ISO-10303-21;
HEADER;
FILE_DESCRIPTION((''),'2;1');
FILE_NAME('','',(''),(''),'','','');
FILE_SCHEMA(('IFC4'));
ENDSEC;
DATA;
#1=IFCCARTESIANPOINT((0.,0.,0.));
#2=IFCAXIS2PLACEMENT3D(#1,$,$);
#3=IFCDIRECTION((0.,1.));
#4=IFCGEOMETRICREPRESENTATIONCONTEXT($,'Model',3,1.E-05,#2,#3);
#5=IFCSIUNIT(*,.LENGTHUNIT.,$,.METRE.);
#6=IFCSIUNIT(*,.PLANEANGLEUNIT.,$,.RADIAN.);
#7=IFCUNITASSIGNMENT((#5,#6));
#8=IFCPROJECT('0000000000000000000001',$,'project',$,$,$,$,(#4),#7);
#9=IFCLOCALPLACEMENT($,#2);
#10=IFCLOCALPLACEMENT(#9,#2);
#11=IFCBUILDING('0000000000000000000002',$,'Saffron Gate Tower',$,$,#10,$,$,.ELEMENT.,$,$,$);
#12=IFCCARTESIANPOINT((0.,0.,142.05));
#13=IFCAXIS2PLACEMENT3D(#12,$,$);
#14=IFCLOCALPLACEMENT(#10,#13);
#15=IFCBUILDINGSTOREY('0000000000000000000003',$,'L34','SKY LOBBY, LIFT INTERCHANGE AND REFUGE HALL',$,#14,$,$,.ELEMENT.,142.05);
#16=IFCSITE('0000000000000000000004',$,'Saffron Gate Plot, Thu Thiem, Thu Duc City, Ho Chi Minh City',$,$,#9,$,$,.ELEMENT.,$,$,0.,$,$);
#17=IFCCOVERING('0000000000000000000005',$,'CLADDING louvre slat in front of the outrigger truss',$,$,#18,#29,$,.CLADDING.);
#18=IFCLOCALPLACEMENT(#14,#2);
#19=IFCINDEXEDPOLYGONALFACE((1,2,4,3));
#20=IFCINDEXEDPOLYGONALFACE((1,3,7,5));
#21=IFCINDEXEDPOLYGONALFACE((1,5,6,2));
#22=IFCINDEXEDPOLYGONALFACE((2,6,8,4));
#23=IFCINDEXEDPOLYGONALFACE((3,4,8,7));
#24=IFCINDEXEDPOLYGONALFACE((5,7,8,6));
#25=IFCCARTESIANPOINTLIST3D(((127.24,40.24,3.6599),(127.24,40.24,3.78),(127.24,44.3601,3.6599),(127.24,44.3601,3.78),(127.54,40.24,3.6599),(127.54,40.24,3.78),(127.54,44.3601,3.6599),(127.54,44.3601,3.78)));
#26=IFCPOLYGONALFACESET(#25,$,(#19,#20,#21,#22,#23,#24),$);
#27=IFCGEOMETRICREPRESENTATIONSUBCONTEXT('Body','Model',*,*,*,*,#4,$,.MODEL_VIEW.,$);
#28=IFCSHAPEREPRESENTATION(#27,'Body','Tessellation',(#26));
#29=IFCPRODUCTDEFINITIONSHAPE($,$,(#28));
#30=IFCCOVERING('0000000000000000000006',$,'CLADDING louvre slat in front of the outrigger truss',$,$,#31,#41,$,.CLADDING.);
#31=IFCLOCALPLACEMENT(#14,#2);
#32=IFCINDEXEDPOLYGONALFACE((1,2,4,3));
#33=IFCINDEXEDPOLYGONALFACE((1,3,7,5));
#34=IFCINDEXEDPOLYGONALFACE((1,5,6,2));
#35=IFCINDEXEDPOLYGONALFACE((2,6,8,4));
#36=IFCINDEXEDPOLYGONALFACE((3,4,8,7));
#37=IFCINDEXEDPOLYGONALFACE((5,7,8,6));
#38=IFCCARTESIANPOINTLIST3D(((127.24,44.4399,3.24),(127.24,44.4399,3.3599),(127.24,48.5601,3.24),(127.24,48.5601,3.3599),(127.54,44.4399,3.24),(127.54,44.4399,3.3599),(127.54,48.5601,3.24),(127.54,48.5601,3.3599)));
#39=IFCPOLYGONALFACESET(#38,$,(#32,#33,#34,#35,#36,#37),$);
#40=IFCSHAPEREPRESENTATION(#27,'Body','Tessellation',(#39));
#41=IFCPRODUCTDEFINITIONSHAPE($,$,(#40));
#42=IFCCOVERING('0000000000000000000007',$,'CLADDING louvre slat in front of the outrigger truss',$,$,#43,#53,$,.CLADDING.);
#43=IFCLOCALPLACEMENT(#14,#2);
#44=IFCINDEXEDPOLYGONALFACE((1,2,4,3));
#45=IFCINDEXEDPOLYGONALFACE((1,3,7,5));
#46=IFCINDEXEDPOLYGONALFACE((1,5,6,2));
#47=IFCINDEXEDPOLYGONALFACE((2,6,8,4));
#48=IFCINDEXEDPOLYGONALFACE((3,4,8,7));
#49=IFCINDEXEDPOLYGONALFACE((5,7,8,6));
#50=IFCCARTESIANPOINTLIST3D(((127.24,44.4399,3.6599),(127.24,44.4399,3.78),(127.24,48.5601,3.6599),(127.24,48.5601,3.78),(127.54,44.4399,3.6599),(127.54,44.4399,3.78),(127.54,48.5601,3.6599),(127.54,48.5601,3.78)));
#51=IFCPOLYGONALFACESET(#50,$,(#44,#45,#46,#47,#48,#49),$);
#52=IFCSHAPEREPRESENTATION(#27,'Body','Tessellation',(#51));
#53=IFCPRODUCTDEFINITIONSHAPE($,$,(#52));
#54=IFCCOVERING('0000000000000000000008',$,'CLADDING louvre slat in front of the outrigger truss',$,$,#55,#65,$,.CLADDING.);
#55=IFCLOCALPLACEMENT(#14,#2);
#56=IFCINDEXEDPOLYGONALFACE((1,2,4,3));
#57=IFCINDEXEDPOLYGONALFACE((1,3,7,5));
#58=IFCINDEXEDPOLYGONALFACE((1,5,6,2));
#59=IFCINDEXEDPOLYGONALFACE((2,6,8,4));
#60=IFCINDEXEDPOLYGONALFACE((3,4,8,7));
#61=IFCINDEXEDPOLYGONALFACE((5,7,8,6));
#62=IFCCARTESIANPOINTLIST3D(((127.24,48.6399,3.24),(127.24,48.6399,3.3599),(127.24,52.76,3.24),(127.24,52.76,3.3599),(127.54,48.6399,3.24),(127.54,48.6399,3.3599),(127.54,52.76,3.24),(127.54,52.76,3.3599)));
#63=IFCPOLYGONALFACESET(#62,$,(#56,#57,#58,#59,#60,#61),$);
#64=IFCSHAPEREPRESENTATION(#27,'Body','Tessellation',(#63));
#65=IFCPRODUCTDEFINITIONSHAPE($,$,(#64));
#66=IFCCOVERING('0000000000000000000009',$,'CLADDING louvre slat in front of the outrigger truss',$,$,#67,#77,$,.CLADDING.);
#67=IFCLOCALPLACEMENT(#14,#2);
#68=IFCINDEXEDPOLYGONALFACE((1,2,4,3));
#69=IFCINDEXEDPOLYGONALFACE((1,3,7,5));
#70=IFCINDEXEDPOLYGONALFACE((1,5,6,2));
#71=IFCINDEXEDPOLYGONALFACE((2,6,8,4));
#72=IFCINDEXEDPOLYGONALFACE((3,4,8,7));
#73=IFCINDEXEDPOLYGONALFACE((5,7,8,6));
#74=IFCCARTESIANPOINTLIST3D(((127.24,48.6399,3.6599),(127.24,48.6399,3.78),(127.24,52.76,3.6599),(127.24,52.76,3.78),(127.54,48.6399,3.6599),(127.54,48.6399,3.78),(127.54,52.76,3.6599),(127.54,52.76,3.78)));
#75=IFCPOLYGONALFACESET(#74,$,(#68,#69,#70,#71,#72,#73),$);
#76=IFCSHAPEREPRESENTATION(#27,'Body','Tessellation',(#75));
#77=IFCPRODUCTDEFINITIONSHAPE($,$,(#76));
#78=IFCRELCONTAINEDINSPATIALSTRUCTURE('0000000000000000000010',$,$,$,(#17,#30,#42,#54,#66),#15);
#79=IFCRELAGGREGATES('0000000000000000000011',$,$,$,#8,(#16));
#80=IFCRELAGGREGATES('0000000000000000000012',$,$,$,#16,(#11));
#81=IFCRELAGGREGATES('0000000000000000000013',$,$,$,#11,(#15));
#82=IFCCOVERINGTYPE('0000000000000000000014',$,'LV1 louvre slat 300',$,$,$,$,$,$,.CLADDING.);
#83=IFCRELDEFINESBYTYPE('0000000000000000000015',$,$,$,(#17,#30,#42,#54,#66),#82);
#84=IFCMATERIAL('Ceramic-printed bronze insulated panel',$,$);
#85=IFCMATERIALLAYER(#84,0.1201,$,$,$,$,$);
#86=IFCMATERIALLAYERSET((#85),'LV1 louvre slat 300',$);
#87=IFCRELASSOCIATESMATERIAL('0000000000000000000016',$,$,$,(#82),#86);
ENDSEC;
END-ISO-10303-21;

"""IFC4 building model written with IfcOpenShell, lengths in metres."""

from ifc_helpers import new_model, si_unit, direction, frame, origin, place, context, subcontext, project, spatial, polyline, outline, extrude, material, layer, layer_set, type_object, element, save


model = new_model("IFC4")

# Units and contexts
model_context = context("Model", 3, precision=1e-05, world=origin(), true_north=direction((0.0, 1.0)))
body_context = subcontext(model_context, "Body", "Model", "MODEL_VIEW")
ifc_project = project(units=[si_unit("LENGTHUNIT", "METRE"), si_unit("PLANEANGLEUNIT", "RADIAN")], contexts=[model_context])

# Site, building, storey
site_placement = place(None, origin())
site = spatial("IfcSite", under=ifc_project, at=site_placement, Name="Saffron Gate Plot, Thu Thiem, Thu Duc City, Ho Chi Minh City", CompositionType="ELEMENT", RefElevation=0.0)
building_placement = place(site_placement, origin())
building = spatial("IfcBuilding", under=site, at=building_placement, Name="Saffron Gate Tower", CompositionType="ELEMENT")
storey_placement = place(building_placement, frame((0.0, 0.0, 142.05)))
storey = spatial("IfcBuildingStorey", under=building, at=storey_placement, Name="L34", Description="SKY LOBBY, LIFT INTERCHANGE AND REFUGE HALL", CompositionType="ELEMENT", Elevation=142.05)

# Coverings
ifc_material = material(Name="Ceramic-printed bronze insulated panel")
ifc_layer = layer(ifc_material, 0.1201)
ifc_layer_set = layer_set([ifc_layer], Name="LV1 louvre slat 300")
covering_type = type_object("IfcCoveringType", Name="LV1 louvre slat 300", PredefinedType="CLADDING", material=ifc_layer_set)
covering_1_placement = place(storey_placement, frame((0.0, 0.0, 3.6599)))
element("IfcCovering", 1, at=covering_1_placement, inside=storey, type_object=covering_type, Name="CLADDING louvre slat in front of the outrigger truss", PredefinedType="CLADDING", context=body_context, shape_type="SweptSolid", body=[
    extrude(outline(polyline([(127.54, 40.24), (127.54, 44.3601), (127.24, 44.3601), (127.24, 40.24), (127.54, 40.24)])), origin(), (0.0, 0.0, 1.0), 0.1201),
])
covering_2_placement = place(storey_placement, frame((0.0, 0.0, 3.24)))
element("IfcCovering", 2, at=covering_2_placement, inside=storey, type_object=covering_type, Name="CLADDING louvre slat in front of the outrigger truss", PredefinedType="CLADDING", context=body_context, shape_type="SweptSolid", body=[
    extrude(outline(polyline([(127.54, 44.4399), (127.54, 48.5601), (127.24, 48.5601), (127.24, 44.4399), (127.54, 44.4399)])), origin(), (0.0, 0.0, 1.0), 0.1199),
])
covering_3_placement = place(storey_placement, frame((0.0, 0.0, 3.6599)))
element("IfcCovering", 3, at=covering_3_placement, inside=storey, type_object=covering_type, Name="CLADDING louvre slat in front of the outrigger truss", PredefinedType="CLADDING", context=body_context, shape_type="SweptSolid", body=[
    extrude(outline(polyline([(127.54, 44.4399), (127.54, 48.5601), (127.24, 48.5601), (127.24, 44.4399), (127.54, 44.4399)])), origin(), (0.0, 0.0, 1.0), 0.1201),
])
covering_4_placement = place(storey_placement, frame((0.0, 0.0, 3.24)))
element("IfcCovering", 4, at=covering_4_placement, inside=storey, type_object=covering_type, Name="CLADDING louvre slat in front of the outrigger truss", PredefinedType="CLADDING", context=body_context, shape_type="SweptSolid", body=[
    extrude(outline(polyline([(127.54, 48.6399), (127.54, 52.76), (127.24, 52.76), (127.24, 48.6399), (127.54, 48.6399)])), origin(), (0.0, 0.0, 1.0), 0.1199),
])
covering_5_placement = place(storey_placement, frame((0.0, 0.0, 3.6599)))
element("IfcCovering", 5, at=covering_5_placement, inside=storey, type_object=covering_type, Name="CLADDING louvre slat in front of the outrigger truss", PredefinedType="CLADDING", context=body_context, shape_type="SweptSolid", body=[
    extrude(outline(polyline([(127.54, 48.6399), (127.54, 52.76), (127.24, 52.76), (127.24, 48.6399), (127.54, 48.6399)])), origin(), (0.0, 0.0, 1.0), 0.1201),
])

save(model, "model.ifc")
